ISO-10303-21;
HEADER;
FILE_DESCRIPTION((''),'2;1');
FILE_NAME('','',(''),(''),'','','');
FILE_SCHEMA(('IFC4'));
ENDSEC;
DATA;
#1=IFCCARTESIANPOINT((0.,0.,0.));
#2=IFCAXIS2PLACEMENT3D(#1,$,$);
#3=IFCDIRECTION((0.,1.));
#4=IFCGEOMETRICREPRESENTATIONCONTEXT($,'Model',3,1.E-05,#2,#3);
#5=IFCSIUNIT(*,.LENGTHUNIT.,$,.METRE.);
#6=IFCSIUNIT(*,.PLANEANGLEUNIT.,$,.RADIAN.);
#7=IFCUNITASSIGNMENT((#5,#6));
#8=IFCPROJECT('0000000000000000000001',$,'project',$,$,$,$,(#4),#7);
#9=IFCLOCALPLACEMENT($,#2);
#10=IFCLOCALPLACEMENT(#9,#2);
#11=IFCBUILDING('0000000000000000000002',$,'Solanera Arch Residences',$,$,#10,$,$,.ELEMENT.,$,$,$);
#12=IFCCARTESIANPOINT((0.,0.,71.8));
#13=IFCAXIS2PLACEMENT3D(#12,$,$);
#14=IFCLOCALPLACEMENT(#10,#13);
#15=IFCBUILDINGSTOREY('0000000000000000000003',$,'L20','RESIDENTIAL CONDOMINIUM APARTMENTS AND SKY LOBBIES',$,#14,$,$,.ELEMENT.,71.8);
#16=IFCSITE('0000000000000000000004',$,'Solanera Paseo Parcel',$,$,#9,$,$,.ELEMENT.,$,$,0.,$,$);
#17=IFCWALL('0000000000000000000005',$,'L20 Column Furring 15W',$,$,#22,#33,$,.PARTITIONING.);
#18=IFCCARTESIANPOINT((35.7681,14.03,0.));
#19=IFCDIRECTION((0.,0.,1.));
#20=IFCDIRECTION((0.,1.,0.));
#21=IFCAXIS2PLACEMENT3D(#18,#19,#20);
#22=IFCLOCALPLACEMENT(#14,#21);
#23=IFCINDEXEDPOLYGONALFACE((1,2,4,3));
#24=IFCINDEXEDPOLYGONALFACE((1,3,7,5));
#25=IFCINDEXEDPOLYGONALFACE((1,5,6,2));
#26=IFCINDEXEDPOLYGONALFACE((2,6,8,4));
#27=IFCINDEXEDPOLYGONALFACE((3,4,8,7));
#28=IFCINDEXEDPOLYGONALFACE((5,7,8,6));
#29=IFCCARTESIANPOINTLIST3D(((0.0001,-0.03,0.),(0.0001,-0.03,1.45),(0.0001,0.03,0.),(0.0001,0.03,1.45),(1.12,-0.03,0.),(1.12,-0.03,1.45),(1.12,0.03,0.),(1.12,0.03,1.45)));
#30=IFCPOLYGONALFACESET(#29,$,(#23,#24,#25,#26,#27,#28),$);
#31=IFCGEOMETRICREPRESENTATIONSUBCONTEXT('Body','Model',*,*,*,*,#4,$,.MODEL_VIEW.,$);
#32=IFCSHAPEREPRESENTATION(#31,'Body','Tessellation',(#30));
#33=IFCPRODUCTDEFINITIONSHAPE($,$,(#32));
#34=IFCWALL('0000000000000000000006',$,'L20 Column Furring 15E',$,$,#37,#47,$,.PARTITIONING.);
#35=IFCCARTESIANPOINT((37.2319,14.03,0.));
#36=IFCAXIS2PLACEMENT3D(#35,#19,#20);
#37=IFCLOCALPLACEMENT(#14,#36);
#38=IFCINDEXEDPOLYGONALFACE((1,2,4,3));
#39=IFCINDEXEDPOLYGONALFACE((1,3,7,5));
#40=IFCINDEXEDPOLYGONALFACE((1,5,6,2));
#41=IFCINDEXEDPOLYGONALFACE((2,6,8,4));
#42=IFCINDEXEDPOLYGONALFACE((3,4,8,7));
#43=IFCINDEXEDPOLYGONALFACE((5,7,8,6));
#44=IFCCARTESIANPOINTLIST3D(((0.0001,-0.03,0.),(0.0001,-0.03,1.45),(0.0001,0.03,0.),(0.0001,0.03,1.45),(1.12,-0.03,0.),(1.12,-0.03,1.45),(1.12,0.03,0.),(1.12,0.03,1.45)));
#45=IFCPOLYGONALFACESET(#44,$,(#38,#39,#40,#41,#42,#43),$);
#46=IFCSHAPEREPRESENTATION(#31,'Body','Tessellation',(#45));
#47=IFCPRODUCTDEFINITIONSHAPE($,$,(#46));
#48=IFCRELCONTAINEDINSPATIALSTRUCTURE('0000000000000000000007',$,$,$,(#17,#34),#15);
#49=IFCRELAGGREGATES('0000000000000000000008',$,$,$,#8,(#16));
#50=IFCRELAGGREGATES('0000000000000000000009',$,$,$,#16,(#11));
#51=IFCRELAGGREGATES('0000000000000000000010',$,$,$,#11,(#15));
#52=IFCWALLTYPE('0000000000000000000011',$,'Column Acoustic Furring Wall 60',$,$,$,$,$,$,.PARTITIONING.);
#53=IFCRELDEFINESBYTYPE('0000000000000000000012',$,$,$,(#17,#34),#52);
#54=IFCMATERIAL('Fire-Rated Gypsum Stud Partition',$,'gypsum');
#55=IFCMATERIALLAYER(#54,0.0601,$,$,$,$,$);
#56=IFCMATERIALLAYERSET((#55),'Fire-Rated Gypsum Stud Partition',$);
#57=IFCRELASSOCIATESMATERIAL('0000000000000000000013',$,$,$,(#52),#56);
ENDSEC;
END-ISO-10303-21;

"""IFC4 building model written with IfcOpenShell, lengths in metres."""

from ifc_helpers import new_model, si_unit, direction, frame, frame_2d, origin, place, context, subcontext, project, spatial, rectangle, extrude, material, layer, layer_set, type_object, element, save


model = new_model("IFC4")

# Units and contexts
model_context = context("Model", 3, precision=1e-05, world=origin(), true_north=direction((0.0, 1.0)))
body_context = subcontext(model_context, "Body", "Model", "MODEL_VIEW")
ifc_project = project(units=[si_unit("LENGTHUNIT", "METRE"), si_unit("PLANEANGLEUNIT", "RADIAN")], contexts=[model_context])

# Site, building, storey
site_placement = place(None, origin())
site = spatial("IfcSite", under=ifc_project, at=site_placement, Name="Solanera Paseo Parcel", CompositionType="ELEMENT", RefElevation=0.0)
building_placement = place(site_placement, origin())
building = spatial("IfcBuilding", under=site, at=building_placement, Name="Solanera Arch Residences", CompositionType="ELEMENT")
storey_placement = place(building_placement, frame((0.0, 0.0, 71.8)))
storey = spatial("IfcBuildingStorey", under=building, at=storey_placement, Name="L20", Description="RESIDENTIAL CONDOMINIUM APARTMENTS AND SKY LOBBIES", CompositionType="ELEMENT", Elevation=71.8)

# Walls
ifc_material_1 = material(Name="Fire-Rated Gypsum Stud Partition", Category="gypsum")
ifc_layer_1 = layer(ifc_material_1, 0.0601)
ifc_layer_set_1 = layer_set([ifc_layer_1], Name="Fire-Rated Gypsum Stud Partition")
wall_type_1 = type_object("IfcWallType", Name="Column Acoustic Furring Wall 60", PredefinedType="PARTITIONING", material=ifc_layer_set_1)
for number, where, z_axis, x_axis, name in (
    (1, (35.7681, 14.03, 0.0), (0.0, 0.0, 1.0), (0.0, 1.0, 0.0), "L20 Column Furring 15W"),
    (2, (37.2319, 14.03, 0.0), (0.0, 0.0, 1.0), (0.0, 1.0, 0.0), "L20 Column Furring 15E"),
):
    element("IfcWall", number, at=place(storey_placement, frame(where, z_axis=z_axis, x_axis=x_axis)), inside=storey, type_object=wall_type_1, Name=name, PredefinedType="PARTITIONING", context=body_context, shape_type="SweptSolid", body=[
        extrude(rectangle(XDim=1.1199, YDim=0.0601, at=frame_2d((0.5601, 0.0))), origin(), (0.0, 0.0, 1.0), 1.45),
    ])

save(model, "model.ifc")
